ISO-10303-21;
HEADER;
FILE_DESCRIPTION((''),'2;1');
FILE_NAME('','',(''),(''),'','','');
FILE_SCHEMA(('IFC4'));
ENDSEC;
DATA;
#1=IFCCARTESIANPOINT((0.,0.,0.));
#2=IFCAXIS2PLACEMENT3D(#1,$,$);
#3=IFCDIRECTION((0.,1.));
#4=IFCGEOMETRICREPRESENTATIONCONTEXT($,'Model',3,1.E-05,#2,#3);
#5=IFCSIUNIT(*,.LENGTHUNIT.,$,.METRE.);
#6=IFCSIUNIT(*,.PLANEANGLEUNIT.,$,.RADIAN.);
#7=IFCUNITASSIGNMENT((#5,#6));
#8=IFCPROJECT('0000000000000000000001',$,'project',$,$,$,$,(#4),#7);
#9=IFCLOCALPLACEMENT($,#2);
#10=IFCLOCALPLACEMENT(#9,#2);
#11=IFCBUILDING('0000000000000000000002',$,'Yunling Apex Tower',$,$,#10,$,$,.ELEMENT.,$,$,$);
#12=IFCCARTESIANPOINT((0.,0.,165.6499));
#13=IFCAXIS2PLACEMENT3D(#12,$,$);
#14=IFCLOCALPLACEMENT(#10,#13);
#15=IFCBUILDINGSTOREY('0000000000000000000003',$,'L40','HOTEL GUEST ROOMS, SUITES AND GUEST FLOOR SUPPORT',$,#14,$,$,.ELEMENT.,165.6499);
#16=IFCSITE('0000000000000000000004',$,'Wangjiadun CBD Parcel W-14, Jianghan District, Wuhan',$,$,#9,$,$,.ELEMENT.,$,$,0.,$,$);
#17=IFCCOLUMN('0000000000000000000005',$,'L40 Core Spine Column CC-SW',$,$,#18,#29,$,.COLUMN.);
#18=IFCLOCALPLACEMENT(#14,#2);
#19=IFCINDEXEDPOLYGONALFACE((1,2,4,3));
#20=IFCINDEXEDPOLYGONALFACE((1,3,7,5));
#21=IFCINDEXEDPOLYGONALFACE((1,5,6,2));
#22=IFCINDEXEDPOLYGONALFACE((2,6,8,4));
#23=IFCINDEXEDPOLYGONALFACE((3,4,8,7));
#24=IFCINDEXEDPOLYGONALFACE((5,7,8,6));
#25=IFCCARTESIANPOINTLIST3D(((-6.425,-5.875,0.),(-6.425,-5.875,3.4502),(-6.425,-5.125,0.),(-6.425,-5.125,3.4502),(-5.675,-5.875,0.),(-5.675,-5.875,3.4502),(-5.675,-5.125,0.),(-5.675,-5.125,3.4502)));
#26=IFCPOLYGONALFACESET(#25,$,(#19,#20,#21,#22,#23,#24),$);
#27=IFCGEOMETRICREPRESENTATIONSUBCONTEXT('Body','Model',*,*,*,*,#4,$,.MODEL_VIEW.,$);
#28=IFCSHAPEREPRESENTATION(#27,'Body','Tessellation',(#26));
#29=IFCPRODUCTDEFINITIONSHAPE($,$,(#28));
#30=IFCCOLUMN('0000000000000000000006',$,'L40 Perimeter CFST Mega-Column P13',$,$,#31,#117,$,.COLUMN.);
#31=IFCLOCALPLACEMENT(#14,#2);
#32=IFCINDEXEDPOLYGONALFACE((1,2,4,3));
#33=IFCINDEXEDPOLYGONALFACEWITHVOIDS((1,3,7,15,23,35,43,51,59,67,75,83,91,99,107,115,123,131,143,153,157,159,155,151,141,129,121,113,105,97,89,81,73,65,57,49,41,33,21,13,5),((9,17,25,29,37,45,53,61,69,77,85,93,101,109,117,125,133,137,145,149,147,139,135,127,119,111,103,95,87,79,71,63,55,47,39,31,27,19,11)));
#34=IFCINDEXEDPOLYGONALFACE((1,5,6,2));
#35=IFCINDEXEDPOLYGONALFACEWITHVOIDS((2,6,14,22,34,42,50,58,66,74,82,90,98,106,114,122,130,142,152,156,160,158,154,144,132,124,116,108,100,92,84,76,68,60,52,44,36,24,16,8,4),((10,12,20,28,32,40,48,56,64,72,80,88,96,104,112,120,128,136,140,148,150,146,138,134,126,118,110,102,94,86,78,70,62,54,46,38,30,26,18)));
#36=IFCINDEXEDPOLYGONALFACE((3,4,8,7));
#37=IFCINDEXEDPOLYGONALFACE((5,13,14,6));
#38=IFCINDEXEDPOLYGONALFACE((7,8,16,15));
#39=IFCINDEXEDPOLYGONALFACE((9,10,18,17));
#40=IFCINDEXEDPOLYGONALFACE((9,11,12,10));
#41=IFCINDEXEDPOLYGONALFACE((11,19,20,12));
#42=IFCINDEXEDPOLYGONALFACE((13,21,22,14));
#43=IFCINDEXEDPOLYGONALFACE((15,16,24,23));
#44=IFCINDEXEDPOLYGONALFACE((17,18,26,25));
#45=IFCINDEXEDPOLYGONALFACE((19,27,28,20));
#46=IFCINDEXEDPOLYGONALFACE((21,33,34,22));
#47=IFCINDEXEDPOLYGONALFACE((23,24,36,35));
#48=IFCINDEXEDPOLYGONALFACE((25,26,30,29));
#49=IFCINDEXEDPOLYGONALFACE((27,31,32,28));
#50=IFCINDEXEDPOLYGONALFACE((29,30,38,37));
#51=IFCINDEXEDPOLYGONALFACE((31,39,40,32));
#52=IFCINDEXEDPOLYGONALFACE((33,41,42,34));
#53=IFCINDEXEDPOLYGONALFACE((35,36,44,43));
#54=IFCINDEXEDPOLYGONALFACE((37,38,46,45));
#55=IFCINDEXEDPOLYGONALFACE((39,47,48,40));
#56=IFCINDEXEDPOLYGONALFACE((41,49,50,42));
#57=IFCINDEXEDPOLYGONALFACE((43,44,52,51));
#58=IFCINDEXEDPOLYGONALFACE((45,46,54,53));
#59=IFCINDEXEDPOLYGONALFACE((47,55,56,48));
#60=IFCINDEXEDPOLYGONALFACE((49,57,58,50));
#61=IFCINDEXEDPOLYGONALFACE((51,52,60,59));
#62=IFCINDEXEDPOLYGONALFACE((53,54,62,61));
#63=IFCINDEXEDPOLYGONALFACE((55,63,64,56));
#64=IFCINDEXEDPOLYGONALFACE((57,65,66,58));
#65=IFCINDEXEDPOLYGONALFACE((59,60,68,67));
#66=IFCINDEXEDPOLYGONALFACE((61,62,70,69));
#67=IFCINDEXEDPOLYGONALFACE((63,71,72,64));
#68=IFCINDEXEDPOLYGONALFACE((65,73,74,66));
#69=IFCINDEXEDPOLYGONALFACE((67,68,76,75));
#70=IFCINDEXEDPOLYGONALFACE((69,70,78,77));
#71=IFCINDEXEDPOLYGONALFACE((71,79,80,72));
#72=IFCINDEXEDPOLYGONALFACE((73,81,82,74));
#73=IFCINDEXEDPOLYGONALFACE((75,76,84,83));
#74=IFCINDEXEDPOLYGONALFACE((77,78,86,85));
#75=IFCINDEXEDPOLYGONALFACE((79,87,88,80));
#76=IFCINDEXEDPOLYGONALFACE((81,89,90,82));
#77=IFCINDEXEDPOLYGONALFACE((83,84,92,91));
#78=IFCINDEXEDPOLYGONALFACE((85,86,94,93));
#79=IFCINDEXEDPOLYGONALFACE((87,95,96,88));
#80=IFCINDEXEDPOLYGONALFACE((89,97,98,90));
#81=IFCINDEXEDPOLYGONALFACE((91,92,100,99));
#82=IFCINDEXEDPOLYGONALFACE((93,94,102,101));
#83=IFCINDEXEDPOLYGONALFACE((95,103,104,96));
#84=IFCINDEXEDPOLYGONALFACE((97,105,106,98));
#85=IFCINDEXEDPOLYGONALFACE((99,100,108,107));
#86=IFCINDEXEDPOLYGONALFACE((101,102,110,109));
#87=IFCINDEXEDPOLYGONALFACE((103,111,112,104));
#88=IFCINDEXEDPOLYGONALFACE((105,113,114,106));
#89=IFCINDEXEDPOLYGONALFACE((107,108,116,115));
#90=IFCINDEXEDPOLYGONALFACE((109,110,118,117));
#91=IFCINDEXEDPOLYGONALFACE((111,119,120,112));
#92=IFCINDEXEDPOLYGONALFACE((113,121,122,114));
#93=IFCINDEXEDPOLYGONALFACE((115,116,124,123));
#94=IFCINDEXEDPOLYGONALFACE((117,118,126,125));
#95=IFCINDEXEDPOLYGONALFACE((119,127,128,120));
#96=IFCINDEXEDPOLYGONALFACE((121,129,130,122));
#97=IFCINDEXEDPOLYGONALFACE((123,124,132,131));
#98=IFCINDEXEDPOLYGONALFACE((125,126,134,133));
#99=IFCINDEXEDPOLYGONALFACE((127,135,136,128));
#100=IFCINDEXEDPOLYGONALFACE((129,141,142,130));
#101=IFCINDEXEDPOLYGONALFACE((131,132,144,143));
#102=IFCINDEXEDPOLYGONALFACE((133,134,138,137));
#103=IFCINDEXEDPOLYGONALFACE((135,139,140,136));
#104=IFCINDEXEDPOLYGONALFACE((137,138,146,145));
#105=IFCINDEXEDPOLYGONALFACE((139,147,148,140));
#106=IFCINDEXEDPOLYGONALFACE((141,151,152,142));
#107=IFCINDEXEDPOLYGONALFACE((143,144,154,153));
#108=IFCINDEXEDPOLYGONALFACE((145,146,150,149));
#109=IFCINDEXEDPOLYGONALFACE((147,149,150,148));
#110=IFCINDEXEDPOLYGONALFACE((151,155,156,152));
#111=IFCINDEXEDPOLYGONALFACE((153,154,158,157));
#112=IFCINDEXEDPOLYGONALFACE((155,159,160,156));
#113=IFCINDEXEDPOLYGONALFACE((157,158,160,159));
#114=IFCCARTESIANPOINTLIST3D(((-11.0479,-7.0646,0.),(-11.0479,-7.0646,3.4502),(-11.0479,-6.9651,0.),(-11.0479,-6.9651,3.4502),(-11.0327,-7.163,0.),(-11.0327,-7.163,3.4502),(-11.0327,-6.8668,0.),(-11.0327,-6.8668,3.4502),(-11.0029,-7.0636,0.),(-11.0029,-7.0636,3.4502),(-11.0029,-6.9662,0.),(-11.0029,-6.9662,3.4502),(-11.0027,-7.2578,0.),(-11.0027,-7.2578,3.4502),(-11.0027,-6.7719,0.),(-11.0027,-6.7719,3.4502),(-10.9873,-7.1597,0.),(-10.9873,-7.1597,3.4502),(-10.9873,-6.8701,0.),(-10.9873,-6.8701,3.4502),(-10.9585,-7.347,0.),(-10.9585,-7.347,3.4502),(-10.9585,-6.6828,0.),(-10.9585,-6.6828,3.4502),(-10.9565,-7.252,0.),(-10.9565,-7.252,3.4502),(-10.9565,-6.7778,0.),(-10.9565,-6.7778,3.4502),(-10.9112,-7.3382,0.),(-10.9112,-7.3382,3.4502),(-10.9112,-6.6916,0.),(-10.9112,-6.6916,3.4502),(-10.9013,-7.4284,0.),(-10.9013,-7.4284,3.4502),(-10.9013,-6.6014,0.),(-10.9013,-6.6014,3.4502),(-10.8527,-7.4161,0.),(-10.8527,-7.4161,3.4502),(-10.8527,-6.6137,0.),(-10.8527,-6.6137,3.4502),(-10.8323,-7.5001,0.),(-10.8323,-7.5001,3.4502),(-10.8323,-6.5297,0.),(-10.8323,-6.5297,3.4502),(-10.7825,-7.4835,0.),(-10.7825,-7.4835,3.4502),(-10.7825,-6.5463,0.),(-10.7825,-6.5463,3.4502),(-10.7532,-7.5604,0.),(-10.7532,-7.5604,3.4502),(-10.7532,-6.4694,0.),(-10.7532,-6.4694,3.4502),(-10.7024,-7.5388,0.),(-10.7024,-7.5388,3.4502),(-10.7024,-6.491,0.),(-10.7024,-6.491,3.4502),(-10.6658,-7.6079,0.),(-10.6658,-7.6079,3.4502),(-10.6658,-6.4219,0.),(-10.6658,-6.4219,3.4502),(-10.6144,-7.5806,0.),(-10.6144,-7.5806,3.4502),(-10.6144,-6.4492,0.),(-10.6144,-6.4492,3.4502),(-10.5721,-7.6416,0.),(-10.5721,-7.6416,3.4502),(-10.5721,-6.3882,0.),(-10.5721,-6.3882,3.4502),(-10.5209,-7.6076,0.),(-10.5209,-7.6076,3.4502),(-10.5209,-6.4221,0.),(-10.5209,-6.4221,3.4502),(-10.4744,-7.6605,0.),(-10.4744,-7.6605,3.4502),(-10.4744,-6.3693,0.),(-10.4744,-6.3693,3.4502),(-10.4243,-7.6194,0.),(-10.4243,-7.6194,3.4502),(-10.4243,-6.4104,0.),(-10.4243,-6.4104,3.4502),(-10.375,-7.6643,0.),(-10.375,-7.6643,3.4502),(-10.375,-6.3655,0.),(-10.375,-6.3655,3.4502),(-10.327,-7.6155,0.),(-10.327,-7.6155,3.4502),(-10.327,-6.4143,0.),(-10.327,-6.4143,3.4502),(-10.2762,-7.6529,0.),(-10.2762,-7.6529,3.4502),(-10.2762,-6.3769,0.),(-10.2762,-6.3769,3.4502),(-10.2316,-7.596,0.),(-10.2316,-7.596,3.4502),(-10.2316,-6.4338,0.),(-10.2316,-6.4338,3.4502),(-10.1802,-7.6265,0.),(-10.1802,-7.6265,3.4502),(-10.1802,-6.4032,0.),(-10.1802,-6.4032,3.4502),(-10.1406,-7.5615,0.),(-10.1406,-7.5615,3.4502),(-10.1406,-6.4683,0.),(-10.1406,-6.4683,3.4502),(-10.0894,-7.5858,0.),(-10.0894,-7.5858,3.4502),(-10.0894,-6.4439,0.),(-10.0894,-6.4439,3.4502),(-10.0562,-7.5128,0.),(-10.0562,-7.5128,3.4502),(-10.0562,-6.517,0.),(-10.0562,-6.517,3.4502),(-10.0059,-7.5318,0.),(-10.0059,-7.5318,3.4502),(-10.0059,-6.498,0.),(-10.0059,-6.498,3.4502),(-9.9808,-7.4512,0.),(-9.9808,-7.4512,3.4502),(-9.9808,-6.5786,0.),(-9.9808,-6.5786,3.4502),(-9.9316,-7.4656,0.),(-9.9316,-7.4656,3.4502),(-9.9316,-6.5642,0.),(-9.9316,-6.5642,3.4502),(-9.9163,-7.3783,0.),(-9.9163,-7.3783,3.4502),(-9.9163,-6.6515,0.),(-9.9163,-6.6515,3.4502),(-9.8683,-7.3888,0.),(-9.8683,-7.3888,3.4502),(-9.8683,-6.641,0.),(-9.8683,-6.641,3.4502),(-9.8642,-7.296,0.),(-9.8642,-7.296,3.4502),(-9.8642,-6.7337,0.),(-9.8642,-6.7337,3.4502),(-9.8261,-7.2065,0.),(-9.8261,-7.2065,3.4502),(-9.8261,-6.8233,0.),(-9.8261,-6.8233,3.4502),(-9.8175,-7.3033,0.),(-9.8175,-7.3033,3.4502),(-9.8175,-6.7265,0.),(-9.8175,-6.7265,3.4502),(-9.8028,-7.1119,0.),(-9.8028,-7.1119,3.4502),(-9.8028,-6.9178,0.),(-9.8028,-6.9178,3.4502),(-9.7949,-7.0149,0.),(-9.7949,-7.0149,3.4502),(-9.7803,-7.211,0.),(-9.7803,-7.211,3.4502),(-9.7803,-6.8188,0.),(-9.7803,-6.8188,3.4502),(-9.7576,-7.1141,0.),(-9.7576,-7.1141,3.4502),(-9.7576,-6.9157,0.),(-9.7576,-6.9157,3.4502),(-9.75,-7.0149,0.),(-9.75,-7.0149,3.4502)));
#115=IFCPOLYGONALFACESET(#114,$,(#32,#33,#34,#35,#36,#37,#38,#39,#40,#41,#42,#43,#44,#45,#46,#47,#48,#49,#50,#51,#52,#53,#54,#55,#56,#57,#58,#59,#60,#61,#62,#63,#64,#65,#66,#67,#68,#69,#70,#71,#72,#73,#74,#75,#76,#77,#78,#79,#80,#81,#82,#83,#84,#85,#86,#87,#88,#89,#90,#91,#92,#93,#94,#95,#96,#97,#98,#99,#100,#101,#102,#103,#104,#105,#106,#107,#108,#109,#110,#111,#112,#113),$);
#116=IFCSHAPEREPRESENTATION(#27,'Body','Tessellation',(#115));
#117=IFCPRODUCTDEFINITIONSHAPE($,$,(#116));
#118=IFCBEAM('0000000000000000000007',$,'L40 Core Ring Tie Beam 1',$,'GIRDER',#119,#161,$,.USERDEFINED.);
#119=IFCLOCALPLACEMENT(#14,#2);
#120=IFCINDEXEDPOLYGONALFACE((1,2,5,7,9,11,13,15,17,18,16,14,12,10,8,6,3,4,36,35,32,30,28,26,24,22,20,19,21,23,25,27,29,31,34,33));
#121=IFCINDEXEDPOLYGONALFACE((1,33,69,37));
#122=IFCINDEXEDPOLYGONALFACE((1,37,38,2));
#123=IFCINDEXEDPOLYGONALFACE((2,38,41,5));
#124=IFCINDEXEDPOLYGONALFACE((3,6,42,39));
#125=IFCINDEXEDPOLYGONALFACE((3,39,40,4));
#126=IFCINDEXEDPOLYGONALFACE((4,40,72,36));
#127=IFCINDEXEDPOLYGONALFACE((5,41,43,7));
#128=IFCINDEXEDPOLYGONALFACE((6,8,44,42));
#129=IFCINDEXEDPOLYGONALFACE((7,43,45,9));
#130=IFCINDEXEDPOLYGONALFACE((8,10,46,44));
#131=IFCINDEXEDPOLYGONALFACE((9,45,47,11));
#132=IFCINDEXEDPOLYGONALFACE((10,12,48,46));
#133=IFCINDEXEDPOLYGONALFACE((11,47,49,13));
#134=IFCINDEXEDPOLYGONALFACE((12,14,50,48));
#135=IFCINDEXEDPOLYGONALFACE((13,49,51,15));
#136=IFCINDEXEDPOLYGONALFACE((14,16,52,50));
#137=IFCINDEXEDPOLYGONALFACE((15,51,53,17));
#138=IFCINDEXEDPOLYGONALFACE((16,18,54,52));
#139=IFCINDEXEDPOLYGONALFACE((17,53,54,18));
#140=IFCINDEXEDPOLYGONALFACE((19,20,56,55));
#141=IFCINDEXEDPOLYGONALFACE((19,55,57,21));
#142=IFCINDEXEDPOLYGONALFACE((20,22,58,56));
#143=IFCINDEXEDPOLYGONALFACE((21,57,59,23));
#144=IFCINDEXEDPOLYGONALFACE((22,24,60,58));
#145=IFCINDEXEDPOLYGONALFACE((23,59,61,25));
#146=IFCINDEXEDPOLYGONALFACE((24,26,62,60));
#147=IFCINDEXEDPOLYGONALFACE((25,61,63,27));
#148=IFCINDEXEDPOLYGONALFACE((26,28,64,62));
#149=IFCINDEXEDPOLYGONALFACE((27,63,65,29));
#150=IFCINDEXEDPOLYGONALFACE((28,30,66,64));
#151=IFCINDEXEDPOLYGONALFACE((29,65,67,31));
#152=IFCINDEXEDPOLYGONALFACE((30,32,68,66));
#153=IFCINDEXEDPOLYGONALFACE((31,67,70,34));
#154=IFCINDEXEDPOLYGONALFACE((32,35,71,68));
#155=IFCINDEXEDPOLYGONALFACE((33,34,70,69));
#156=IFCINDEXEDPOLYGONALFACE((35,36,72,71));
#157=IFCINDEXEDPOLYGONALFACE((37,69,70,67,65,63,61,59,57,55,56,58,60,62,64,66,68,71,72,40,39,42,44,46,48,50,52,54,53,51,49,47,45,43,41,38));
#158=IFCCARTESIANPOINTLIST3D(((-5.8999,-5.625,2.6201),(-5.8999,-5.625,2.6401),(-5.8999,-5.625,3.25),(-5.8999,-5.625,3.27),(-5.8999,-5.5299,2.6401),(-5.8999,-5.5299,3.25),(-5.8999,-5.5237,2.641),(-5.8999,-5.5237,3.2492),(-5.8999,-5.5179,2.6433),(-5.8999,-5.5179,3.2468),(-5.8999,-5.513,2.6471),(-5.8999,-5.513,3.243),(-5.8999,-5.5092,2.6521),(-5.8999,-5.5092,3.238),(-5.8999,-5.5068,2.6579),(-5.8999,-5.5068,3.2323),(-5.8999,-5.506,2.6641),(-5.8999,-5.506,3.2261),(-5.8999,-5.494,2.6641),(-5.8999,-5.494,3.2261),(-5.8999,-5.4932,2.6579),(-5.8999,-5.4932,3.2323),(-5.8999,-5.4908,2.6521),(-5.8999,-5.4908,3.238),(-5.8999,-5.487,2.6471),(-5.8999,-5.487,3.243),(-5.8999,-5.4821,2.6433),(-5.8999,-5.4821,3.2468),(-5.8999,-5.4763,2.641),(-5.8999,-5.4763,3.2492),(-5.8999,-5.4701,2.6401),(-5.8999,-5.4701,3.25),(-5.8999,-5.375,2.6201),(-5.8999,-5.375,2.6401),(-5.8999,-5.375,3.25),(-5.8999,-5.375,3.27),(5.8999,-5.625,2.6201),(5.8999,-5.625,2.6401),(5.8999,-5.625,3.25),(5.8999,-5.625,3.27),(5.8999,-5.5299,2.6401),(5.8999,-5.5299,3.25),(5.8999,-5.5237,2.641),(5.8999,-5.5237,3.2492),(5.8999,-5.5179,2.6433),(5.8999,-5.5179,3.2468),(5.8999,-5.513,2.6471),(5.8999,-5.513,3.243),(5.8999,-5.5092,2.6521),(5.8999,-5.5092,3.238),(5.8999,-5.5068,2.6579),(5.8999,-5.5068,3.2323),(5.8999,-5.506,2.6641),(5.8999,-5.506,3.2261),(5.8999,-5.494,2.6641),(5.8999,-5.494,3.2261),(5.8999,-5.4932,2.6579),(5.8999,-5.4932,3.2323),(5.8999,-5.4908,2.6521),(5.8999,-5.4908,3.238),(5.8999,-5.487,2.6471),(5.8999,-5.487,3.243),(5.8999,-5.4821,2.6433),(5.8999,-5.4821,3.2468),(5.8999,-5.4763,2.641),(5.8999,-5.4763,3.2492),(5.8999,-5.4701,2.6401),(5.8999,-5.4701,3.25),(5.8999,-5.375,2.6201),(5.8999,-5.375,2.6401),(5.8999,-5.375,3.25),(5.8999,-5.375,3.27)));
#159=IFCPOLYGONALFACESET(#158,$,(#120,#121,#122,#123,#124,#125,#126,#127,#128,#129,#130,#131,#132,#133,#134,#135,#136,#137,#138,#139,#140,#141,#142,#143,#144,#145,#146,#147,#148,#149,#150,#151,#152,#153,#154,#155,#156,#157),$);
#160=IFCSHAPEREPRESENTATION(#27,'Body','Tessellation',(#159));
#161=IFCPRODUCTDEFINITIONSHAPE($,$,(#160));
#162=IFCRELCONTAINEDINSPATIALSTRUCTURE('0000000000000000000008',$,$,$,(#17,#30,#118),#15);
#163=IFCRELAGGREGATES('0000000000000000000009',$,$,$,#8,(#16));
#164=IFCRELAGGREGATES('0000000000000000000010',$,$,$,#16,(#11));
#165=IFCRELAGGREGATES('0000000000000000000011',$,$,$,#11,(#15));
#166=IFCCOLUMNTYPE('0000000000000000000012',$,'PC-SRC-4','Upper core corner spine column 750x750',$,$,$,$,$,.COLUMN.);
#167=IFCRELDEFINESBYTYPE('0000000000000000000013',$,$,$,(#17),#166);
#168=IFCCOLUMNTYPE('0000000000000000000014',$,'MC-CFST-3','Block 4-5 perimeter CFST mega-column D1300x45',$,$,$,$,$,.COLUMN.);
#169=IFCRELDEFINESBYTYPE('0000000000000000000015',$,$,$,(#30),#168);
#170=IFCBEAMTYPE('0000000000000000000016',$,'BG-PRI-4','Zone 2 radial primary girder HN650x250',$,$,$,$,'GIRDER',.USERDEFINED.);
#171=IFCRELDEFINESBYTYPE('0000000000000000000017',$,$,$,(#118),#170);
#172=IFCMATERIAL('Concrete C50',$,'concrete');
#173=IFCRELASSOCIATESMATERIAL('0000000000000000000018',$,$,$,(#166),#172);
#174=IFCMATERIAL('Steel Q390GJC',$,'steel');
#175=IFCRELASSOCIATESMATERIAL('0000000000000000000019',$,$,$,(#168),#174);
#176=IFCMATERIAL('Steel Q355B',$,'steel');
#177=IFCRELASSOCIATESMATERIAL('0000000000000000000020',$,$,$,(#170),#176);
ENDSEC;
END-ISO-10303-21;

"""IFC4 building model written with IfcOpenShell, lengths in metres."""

from ifc_helpers import new_model, si_unit, direction, frame, origin, origin_2d, place, context, subcontext, project, spatial, rectangle, hollow_circle, i_section, extrude, source, transform, mapped, material, material_profile, profile_set, type_object, element, save


model = new_model("IFC4")

# Units and contexts
model_context = context("Model", 3, precision=1e-05, world=origin(), true_north=direction((0.0, 1.0)))
body_context = subcontext(model_context, "Body", "Model", "MODEL_VIEW")
ifc_project = project(units=[si_unit("LENGTHUNIT", "METRE"), si_unit("PLANEANGLEUNIT", "RADIAN")], contexts=[model_context])

# Site, building, storey
site_placement = place(None, origin())
site = spatial("IfcSite", under=ifc_project, at=site_placement, Name="Wangjiadun CBD Parcel W-14, Jianghan District, Wuhan", CompositionType="ELEMENT", RefElevation=0.0)
building_placement = place(site_placement, origin())
building = spatial("IfcBuilding", under=site, at=building_placement, Name="Yunling Apex Tower", CompositionType="ELEMENT")
storey_placement = place(building_placement, frame((0.0, 0.0, 165.6499)))
storey = spatial("IfcBuildingStorey", under=building, at=storey_placement, Name="L40", Description="HOTEL GUEST ROOMS, SUITES AND GUEST FLOOR SUPPORT", CompositionType="ELEMENT", Elevation=165.6499)

# Columns
ifc_material_1 = material(Name="Concrete C50", Category="concrete")
ifc_material_profile_1 = material_profile(ifc_material_1, rectangle(XDim=0.75, YDim=0.75, at=origin_2d()))
ifc_profile_set_1 = profile_set([ifc_material_profile_1], Name="Concrete C50")
column_type_1 = type_object("IfcColumnType", Name="PC-SRC-4", Description="Upper core corner spine column 750x750", PredefinedType="COLUMN", material=ifc_profile_set_1)
shared_shape_1 = source(origin(), body_context, "Body", "SweptSolid", [
    extrude(rectangle(XDim=0.75, YDim=0.75, at=origin_2d()), origin(), (0.0, 0.0, 1.0), 3.4502),
])
column_1_placement = place(storey_placement, frame((-6.05, -5.5, 0.0), z_axis=(0.0, 0.0, 1.0), x_axis=(1.0, 0.0, 0.0)))
element("IfcColumn", 1, at=column_1_placement, inside=storey, type_object=column_type_1, Name="L40 Core Spine Column CC-SW", PredefinedType="COLUMN", context=body_context, shape_type="MappedRepresentation", body=[
    mapped(shared_shape_1, transform((0.0, 0.0, 0.0), scale=1.0)),
])
ifc_material_2 = material(Name="Steel Q390GJC", Category="steel")
ifc_material_profile_2 = material_profile(ifc_material_2, hollow_circle(Radius=0.6499, WallThickness=0.0449, at=origin_2d()))
ifc_profile_set_2 = profile_set([ifc_material_profile_2], Name="Steel Q390GJC")
column_type_2 = type_object("IfcColumnType", Name="MC-CFST-3", Description="Block 4-5 perimeter CFST mega-column D1300x45", PredefinedType="COLUMN", material=ifc_profile_set_2)
shared_shape_2 = source(origin(), body_context, "Body", "SweptSolid", [
    extrude(hollow_circle(Radius=0.6499, WallThickness=0.0449, at=origin_2d()), origin(), (0.0, 0.0, 1.0), 3.4502),
])
column_2_placement = place(storey_placement, frame((-10.3999, -7.0149, 0.0), z_axis=(0.0, 0.0, 1.0), x_axis=(1.0, 0.0, 0.0)))
element("IfcColumn", 2, at=column_2_placement, inside=storey, type_object=column_type_2, Name="L40 Perimeter CFST Mega-Column P13", PredefinedType="COLUMN", context=body_context, shape_type="MappedRepresentation", body=[
    mapped(shared_shape_2, transform((0.0, 0.0, 0.0), scale=1.0)),
])

# Beam
ifc_material_3 = material(Name="Steel Q355B", Category="steel")
ifc_material_profile_3 = material_profile(ifc_material_3, i_section(OverallWidth=0.25, OverallDepth=0.6499, WebThickness=0.012, FlangeThickness=0.02, FilletRadius=0.0239, at=origin_2d()))
ifc_profile_set_3 = profile_set([ifc_material_profile_3], Name="Steel Q355B")
beam_type_1 = type_object("IfcBeamType", Name="BG-PRI-4", Description="Zone 2 radial primary girder HN650x250", ElementType="GIRDER", PredefinedType="USERDEFINED", material=ifc_profile_set_3)
shared_shape_3 = source(origin(), body_context, "Body", "SweptSolid", [
    extrude(i_section(OverallWidth=0.25, OverallDepth=0.6499, WebThickness=0.012, FlangeThickness=0.02, FilletRadius=0.0239, at=origin_2d()), origin(), (0.0, 0.0, 1.0), 11.7998),
])
beam_1_placement = place(storey_placement, frame((-5.8999, -5.5, 2.9451), z_axis=(1.0, 0.0, 0.0), x_axis=(0.0, 1.0, 0.0)))
element("IfcBeam", 3, at=beam_1_placement, inside=storey, type_object=beam_type_1, Name="L40 Core Ring Tie Beam 1", ObjectType="GIRDER", PredefinedType="USERDEFINED", context=body_context, shape_type="MappedRepresentation", body=[
    mapped(shared_shape_3, transform((0.0, 0.0, 0.0), scale=1.0)),
])

save(model, "model.ifc")
